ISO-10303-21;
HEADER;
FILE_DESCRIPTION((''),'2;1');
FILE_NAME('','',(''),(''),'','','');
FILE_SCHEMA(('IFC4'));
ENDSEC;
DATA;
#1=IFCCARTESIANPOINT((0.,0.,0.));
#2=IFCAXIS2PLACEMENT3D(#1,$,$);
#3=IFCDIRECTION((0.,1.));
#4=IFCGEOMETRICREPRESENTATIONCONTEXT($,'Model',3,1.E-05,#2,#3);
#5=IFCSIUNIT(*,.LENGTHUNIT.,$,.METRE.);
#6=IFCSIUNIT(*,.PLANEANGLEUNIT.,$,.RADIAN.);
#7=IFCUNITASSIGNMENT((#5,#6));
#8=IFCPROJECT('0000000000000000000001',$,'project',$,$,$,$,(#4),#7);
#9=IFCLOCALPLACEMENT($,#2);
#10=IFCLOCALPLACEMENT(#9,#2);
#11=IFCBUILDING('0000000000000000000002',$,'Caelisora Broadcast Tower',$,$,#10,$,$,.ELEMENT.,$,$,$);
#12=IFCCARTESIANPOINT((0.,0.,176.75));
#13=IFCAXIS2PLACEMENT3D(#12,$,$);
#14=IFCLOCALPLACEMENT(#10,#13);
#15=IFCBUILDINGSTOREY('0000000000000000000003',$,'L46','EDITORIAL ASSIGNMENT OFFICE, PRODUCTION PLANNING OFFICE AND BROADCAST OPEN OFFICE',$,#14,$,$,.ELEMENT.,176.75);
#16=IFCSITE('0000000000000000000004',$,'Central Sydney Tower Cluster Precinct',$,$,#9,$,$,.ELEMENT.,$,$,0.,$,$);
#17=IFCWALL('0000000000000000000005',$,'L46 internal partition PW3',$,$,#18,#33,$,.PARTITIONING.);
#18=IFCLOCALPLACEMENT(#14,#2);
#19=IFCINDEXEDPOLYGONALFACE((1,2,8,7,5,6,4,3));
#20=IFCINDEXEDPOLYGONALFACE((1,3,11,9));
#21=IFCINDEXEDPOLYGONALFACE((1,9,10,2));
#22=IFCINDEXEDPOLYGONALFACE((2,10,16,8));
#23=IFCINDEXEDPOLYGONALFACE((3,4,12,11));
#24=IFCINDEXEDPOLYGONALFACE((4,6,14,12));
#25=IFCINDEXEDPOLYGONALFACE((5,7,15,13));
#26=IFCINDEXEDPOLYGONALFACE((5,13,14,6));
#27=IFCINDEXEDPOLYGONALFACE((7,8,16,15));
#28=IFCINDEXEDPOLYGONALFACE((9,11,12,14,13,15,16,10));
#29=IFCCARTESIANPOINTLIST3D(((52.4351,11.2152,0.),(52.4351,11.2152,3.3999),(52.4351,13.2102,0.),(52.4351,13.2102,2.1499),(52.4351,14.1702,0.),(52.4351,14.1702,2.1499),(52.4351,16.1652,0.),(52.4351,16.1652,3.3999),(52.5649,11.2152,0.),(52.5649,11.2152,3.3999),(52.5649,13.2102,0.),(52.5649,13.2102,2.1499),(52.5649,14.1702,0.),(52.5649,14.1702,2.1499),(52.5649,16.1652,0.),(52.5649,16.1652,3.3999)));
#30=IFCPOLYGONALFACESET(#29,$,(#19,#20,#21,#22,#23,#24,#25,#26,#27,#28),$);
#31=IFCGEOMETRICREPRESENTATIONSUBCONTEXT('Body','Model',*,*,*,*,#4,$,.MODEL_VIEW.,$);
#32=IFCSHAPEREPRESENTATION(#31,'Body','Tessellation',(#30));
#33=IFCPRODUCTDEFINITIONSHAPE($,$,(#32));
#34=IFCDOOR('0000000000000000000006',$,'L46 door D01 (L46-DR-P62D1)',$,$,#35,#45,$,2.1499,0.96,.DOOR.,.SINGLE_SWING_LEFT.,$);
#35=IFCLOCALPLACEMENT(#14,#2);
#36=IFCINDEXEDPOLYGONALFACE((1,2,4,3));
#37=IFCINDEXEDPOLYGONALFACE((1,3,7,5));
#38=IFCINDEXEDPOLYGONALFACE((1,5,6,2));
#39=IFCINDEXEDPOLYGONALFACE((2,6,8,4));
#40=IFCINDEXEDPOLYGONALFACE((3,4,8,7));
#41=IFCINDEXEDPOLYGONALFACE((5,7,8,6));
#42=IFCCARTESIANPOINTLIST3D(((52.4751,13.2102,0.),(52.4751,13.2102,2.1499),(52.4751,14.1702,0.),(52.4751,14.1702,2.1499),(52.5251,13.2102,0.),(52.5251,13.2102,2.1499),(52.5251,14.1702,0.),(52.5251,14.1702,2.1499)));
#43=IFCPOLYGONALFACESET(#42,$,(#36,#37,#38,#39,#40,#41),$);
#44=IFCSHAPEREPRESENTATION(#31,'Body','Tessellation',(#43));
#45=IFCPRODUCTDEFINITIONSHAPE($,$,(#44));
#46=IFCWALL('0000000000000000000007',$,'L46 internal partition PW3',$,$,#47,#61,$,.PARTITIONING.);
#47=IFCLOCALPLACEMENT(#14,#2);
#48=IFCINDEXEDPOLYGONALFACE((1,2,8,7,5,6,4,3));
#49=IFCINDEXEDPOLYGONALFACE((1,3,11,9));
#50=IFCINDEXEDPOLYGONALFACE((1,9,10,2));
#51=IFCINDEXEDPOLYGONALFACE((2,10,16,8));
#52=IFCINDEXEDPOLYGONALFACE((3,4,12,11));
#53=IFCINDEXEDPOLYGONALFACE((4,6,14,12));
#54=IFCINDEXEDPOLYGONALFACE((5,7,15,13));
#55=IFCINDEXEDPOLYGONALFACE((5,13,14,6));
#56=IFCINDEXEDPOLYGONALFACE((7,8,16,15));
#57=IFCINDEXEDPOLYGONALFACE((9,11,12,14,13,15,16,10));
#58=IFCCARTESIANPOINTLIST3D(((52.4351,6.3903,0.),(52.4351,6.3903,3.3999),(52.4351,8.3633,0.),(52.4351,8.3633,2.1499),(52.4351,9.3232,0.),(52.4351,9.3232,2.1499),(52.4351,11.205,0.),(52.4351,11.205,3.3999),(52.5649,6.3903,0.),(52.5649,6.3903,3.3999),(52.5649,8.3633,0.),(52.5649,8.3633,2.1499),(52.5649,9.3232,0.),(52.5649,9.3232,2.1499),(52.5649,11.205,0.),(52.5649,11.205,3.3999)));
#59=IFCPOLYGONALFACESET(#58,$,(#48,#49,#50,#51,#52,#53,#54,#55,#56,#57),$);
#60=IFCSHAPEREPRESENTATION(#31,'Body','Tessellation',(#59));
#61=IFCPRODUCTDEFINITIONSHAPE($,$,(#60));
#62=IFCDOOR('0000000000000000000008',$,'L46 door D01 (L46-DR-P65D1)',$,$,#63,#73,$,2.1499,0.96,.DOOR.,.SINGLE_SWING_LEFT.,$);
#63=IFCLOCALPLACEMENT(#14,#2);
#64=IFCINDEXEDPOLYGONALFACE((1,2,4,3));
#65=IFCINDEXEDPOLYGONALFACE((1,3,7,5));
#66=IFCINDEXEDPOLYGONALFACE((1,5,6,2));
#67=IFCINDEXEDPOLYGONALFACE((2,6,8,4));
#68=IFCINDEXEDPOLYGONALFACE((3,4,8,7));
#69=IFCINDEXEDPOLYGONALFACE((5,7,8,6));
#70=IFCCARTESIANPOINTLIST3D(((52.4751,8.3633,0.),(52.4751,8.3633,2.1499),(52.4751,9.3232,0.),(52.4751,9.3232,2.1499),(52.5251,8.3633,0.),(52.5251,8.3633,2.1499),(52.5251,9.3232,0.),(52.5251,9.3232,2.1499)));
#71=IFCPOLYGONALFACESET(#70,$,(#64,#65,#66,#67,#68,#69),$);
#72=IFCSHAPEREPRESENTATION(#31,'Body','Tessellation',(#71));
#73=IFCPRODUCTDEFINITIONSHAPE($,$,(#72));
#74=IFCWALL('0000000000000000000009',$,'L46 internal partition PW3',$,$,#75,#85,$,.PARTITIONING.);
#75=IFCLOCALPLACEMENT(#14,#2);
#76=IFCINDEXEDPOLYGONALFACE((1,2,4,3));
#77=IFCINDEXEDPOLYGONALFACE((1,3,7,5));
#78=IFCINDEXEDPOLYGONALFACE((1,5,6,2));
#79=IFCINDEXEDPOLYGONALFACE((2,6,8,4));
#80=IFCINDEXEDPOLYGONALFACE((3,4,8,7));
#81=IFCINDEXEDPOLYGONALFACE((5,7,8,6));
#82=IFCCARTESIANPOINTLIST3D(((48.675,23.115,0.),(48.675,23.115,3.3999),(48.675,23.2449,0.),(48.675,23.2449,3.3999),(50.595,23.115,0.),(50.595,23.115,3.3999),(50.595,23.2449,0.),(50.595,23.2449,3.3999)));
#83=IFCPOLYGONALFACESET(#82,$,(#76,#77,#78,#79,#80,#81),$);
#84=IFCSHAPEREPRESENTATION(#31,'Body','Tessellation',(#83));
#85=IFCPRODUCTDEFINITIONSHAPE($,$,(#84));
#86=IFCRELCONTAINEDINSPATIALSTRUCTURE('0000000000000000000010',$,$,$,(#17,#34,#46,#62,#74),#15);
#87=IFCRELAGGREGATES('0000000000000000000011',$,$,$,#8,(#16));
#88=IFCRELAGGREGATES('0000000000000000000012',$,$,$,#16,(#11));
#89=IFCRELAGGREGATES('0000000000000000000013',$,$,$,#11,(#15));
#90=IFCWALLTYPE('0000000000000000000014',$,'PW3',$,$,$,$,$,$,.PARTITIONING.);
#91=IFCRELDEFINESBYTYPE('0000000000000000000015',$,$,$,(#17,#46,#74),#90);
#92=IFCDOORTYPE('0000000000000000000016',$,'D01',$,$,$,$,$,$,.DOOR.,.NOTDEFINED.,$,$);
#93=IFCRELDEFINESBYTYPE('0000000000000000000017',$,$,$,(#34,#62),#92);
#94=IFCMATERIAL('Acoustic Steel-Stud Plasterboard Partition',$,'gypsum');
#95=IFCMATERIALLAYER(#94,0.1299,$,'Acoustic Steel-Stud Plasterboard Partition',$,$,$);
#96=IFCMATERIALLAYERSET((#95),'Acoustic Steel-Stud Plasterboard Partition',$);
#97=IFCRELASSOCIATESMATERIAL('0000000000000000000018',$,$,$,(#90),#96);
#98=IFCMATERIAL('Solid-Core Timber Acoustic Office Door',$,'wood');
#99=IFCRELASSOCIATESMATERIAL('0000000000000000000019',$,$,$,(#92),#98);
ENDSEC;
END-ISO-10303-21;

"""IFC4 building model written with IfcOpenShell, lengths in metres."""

from ifc_helpers import new_model, si_unit, direction, frame, frame_2d, origin, place, context, subcontext, project, spatial, rectangle, extrude, material, layer, layer_set, type_object, element, fill, save


model = new_model("IFC4")

# Units and contexts
model_context = context("Model", 3, precision=1e-05, world=origin(), true_north=direction((0.0, 1.0)))
body_context = subcontext(model_context, "Body", "Model", "MODEL_VIEW")
ifc_project = project(units=[si_unit("LENGTHUNIT", "METRE"), si_unit("PLANEANGLEUNIT", "RADIAN")], contexts=[model_context])

# Site, building, storey
site_placement = place(None, origin())
site = spatial("IfcSite", under=ifc_project, at=site_placement, Name="Central Sydney Tower Cluster Precinct", CompositionType="ELEMENT", RefElevation=0.0)
building_placement = place(site_placement, origin())
building = spatial("IfcBuilding", under=site, at=building_placement, Name="Caelisora Broadcast Tower", CompositionType="ELEMENT")
storey_placement = place(building_placement, frame((0.0, 0.0, 176.75)))
storey = spatial("IfcBuildingStorey", under=building, at=storey_placement, Name="L46", Description="EDITORIAL ASSIGNMENT OFFICE, PRODUCTION PLANNING OFFICE AND BROADCAST OPEN OFFICE", CompositionType="ELEMENT", Elevation=176.75)

# Shared definitions
ifc_material_1 = material(Name="Acoustic Steel-Stud Plasterboard Partition", Category="gypsum")
ifc_layer_1 = layer(ifc_material_1, 0.1299, Name="Acoustic Steel-Stud Plasterboard Partition")
ifc_layer_set_1 = layer_set([ifc_layer_1], Name="Acoustic Steel-Stud Plasterboard Partition")
wall_type_1 = type_object("IfcWallType", Name="PW3", PredefinedType="PARTITIONING", material=ifc_layer_set_1)

# Walls, openings, doors
ifc_material_2 = material(Name="Solid-Core Timber Acoustic Office Door", Category="wood")
door_type_1 = type_object("IfcDoorType", Name="D01", OperationType="NOTDEFINED", PredefinedType="DOOR", material=ifc_material_2)
wall_1_placement = place(storey_placement, frame((52.5, 11.2151, 0.0), z_axis=(0.0, 0.0, 1.0), x_axis=(0.0, 1.0, 0.0)))
wall_1 = element("IfcWall", 1, at=wall_1_placement, inside=storey, type_object=wall_type_1, Name="L46 internal partition PW3", PredefinedType="PARTITIONING", context=body_context, shape_type="SweptSolid", body=[
    extrude(rectangle(XDim=4.95, YDim=0.1299, at=frame_2d((2.4751, 0.0))), origin(), (0.0, 0.0, 1.0), 3.3999),
])
opening_1_placement = place(wall_1_placement, frame((1.9951, 0.0, 0.0)))
opening_1 = element("IfcOpeningElement", 2, at=opening_1_placement, cuts=wall_1, PredefinedType="OPENING", context=body_context, shape_type="SweptSolid", body=[
    extrude(rectangle(XDim=0.96, YDim=2.1499, at=frame_2d((0.48, 1.075))), frame((0.0, 0.0769, 0.0), z_axis=(0.0, -1.0, 0.0), x_axis=(1.0, 0.0, 0.0)), (0.0, 0.0, 1.0), 0.1538),
])
door_1_placement = place(opening_1_placement, origin())
door_1 = element("IfcDoor", 3, at=door_1_placement, inside=storey, type_object=door_type_1, Name="L46 door D01 (L46-DR-P62D1)", OperationType="SINGLE_SWING_LEFT", OverallHeight=2.1499, OverallWidth=0.96, PredefinedType="DOOR", context=body_context, shape_type="SweptSolid", body=[
    extrude(rectangle(XDim=0.96, YDim=2.1499, at=frame_2d((0.48, 1.075))), frame((0.0, 0.0249, 0.0), z_axis=(0.0, -1.0, 0.0), x_axis=(1.0, 0.0, 0.0)), (0.0, 0.0, 1.0), 0.05),
])
fill(opening_1, door_1)
wall_2_placement = place(storey_placement, frame((52.5, 6.3904, 0.0), z_axis=(0.0, 0.0, 1.0), x_axis=(0.0, 1.0, 0.0)))
wall_2 = element("IfcWall", 4, at=wall_2_placement, inside=storey, type_object=wall_type_1, Name="L46 internal partition PW3", PredefinedType="PARTITIONING", context=body_context, shape_type="SweptSolid", body=[
    extrude(rectangle(XDim=4.8147, YDim=0.1299, at=frame_2d((2.4072, 0.0))), origin(), (0.0, 0.0, 1.0), 3.3999),
])
opening_2_placement = place(wall_2_placement, frame((1.9729, 0.0, 0.0)))
opening_2 = element("IfcOpeningElement", 5, at=opening_2_placement, cuts=wall_2, PredefinedType="OPENING", context=body_context, shape_type="SweptSolid", body=[
    extrude(rectangle(XDim=0.96, YDim=2.1499, at=frame_2d((0.48, 1.075))), frame((0.0, 0.0769, 0.0), z_axis=(0.0, -1.0, 0.0), x_axis=(1.0, 0.0, 0.0)), (0.0, 0.0, 1.0), 0.1538),
])
door_2_placement = place(opening_2_placement, origin())
door_2 = element("IfcDoor", 6, at=door_2_placement, inside=storey, type_object=door_type_1, Name="L46 door D01 (L46-DR-P65D1)", OperationType="SINGLE_SWING_LEFT", OverallHeight=2.1499, OverallWidth=0.96, PredefinedType="DOOR", context=body_context, shape_type="SweptSolid", body=[
    extrude(rectangle(XDim=0.96, YDim=2.1499, at=frame_2d((0.48, 1.075))), frame((0.0, 0.0249, 0.0), z_axis=(0.0, -1.0, 0.0), x_axis=(1.0, 0.0, 0.0)), (0.0, 0.0, 1.0), 0.05),
])
fill(opening_2, door_2)

# Wall
wall_3_placement = place(storey_placement, frame((48.675, 23.1799, 0.0), z_axis=(0.0, 0.0, 1.0), x_axis=(1.0, 0.0, 0.0)))
element("IfcWall", 7, at=wall_3_placement, inside=storey, type_object=wall_type_1, Name="L46 internal partition PW3", PredefinedType="PARTITIONING", context=body_context, shape_type="SweptSolid", body=[
    extrude(rectangle(XDim=1.9199, YDim=0.1299, at=frame_2d((0.96, 0.0))), origin(), (0.0, 0.0, 1.0), 3.3999),
])

save(model, "model.ifc")
